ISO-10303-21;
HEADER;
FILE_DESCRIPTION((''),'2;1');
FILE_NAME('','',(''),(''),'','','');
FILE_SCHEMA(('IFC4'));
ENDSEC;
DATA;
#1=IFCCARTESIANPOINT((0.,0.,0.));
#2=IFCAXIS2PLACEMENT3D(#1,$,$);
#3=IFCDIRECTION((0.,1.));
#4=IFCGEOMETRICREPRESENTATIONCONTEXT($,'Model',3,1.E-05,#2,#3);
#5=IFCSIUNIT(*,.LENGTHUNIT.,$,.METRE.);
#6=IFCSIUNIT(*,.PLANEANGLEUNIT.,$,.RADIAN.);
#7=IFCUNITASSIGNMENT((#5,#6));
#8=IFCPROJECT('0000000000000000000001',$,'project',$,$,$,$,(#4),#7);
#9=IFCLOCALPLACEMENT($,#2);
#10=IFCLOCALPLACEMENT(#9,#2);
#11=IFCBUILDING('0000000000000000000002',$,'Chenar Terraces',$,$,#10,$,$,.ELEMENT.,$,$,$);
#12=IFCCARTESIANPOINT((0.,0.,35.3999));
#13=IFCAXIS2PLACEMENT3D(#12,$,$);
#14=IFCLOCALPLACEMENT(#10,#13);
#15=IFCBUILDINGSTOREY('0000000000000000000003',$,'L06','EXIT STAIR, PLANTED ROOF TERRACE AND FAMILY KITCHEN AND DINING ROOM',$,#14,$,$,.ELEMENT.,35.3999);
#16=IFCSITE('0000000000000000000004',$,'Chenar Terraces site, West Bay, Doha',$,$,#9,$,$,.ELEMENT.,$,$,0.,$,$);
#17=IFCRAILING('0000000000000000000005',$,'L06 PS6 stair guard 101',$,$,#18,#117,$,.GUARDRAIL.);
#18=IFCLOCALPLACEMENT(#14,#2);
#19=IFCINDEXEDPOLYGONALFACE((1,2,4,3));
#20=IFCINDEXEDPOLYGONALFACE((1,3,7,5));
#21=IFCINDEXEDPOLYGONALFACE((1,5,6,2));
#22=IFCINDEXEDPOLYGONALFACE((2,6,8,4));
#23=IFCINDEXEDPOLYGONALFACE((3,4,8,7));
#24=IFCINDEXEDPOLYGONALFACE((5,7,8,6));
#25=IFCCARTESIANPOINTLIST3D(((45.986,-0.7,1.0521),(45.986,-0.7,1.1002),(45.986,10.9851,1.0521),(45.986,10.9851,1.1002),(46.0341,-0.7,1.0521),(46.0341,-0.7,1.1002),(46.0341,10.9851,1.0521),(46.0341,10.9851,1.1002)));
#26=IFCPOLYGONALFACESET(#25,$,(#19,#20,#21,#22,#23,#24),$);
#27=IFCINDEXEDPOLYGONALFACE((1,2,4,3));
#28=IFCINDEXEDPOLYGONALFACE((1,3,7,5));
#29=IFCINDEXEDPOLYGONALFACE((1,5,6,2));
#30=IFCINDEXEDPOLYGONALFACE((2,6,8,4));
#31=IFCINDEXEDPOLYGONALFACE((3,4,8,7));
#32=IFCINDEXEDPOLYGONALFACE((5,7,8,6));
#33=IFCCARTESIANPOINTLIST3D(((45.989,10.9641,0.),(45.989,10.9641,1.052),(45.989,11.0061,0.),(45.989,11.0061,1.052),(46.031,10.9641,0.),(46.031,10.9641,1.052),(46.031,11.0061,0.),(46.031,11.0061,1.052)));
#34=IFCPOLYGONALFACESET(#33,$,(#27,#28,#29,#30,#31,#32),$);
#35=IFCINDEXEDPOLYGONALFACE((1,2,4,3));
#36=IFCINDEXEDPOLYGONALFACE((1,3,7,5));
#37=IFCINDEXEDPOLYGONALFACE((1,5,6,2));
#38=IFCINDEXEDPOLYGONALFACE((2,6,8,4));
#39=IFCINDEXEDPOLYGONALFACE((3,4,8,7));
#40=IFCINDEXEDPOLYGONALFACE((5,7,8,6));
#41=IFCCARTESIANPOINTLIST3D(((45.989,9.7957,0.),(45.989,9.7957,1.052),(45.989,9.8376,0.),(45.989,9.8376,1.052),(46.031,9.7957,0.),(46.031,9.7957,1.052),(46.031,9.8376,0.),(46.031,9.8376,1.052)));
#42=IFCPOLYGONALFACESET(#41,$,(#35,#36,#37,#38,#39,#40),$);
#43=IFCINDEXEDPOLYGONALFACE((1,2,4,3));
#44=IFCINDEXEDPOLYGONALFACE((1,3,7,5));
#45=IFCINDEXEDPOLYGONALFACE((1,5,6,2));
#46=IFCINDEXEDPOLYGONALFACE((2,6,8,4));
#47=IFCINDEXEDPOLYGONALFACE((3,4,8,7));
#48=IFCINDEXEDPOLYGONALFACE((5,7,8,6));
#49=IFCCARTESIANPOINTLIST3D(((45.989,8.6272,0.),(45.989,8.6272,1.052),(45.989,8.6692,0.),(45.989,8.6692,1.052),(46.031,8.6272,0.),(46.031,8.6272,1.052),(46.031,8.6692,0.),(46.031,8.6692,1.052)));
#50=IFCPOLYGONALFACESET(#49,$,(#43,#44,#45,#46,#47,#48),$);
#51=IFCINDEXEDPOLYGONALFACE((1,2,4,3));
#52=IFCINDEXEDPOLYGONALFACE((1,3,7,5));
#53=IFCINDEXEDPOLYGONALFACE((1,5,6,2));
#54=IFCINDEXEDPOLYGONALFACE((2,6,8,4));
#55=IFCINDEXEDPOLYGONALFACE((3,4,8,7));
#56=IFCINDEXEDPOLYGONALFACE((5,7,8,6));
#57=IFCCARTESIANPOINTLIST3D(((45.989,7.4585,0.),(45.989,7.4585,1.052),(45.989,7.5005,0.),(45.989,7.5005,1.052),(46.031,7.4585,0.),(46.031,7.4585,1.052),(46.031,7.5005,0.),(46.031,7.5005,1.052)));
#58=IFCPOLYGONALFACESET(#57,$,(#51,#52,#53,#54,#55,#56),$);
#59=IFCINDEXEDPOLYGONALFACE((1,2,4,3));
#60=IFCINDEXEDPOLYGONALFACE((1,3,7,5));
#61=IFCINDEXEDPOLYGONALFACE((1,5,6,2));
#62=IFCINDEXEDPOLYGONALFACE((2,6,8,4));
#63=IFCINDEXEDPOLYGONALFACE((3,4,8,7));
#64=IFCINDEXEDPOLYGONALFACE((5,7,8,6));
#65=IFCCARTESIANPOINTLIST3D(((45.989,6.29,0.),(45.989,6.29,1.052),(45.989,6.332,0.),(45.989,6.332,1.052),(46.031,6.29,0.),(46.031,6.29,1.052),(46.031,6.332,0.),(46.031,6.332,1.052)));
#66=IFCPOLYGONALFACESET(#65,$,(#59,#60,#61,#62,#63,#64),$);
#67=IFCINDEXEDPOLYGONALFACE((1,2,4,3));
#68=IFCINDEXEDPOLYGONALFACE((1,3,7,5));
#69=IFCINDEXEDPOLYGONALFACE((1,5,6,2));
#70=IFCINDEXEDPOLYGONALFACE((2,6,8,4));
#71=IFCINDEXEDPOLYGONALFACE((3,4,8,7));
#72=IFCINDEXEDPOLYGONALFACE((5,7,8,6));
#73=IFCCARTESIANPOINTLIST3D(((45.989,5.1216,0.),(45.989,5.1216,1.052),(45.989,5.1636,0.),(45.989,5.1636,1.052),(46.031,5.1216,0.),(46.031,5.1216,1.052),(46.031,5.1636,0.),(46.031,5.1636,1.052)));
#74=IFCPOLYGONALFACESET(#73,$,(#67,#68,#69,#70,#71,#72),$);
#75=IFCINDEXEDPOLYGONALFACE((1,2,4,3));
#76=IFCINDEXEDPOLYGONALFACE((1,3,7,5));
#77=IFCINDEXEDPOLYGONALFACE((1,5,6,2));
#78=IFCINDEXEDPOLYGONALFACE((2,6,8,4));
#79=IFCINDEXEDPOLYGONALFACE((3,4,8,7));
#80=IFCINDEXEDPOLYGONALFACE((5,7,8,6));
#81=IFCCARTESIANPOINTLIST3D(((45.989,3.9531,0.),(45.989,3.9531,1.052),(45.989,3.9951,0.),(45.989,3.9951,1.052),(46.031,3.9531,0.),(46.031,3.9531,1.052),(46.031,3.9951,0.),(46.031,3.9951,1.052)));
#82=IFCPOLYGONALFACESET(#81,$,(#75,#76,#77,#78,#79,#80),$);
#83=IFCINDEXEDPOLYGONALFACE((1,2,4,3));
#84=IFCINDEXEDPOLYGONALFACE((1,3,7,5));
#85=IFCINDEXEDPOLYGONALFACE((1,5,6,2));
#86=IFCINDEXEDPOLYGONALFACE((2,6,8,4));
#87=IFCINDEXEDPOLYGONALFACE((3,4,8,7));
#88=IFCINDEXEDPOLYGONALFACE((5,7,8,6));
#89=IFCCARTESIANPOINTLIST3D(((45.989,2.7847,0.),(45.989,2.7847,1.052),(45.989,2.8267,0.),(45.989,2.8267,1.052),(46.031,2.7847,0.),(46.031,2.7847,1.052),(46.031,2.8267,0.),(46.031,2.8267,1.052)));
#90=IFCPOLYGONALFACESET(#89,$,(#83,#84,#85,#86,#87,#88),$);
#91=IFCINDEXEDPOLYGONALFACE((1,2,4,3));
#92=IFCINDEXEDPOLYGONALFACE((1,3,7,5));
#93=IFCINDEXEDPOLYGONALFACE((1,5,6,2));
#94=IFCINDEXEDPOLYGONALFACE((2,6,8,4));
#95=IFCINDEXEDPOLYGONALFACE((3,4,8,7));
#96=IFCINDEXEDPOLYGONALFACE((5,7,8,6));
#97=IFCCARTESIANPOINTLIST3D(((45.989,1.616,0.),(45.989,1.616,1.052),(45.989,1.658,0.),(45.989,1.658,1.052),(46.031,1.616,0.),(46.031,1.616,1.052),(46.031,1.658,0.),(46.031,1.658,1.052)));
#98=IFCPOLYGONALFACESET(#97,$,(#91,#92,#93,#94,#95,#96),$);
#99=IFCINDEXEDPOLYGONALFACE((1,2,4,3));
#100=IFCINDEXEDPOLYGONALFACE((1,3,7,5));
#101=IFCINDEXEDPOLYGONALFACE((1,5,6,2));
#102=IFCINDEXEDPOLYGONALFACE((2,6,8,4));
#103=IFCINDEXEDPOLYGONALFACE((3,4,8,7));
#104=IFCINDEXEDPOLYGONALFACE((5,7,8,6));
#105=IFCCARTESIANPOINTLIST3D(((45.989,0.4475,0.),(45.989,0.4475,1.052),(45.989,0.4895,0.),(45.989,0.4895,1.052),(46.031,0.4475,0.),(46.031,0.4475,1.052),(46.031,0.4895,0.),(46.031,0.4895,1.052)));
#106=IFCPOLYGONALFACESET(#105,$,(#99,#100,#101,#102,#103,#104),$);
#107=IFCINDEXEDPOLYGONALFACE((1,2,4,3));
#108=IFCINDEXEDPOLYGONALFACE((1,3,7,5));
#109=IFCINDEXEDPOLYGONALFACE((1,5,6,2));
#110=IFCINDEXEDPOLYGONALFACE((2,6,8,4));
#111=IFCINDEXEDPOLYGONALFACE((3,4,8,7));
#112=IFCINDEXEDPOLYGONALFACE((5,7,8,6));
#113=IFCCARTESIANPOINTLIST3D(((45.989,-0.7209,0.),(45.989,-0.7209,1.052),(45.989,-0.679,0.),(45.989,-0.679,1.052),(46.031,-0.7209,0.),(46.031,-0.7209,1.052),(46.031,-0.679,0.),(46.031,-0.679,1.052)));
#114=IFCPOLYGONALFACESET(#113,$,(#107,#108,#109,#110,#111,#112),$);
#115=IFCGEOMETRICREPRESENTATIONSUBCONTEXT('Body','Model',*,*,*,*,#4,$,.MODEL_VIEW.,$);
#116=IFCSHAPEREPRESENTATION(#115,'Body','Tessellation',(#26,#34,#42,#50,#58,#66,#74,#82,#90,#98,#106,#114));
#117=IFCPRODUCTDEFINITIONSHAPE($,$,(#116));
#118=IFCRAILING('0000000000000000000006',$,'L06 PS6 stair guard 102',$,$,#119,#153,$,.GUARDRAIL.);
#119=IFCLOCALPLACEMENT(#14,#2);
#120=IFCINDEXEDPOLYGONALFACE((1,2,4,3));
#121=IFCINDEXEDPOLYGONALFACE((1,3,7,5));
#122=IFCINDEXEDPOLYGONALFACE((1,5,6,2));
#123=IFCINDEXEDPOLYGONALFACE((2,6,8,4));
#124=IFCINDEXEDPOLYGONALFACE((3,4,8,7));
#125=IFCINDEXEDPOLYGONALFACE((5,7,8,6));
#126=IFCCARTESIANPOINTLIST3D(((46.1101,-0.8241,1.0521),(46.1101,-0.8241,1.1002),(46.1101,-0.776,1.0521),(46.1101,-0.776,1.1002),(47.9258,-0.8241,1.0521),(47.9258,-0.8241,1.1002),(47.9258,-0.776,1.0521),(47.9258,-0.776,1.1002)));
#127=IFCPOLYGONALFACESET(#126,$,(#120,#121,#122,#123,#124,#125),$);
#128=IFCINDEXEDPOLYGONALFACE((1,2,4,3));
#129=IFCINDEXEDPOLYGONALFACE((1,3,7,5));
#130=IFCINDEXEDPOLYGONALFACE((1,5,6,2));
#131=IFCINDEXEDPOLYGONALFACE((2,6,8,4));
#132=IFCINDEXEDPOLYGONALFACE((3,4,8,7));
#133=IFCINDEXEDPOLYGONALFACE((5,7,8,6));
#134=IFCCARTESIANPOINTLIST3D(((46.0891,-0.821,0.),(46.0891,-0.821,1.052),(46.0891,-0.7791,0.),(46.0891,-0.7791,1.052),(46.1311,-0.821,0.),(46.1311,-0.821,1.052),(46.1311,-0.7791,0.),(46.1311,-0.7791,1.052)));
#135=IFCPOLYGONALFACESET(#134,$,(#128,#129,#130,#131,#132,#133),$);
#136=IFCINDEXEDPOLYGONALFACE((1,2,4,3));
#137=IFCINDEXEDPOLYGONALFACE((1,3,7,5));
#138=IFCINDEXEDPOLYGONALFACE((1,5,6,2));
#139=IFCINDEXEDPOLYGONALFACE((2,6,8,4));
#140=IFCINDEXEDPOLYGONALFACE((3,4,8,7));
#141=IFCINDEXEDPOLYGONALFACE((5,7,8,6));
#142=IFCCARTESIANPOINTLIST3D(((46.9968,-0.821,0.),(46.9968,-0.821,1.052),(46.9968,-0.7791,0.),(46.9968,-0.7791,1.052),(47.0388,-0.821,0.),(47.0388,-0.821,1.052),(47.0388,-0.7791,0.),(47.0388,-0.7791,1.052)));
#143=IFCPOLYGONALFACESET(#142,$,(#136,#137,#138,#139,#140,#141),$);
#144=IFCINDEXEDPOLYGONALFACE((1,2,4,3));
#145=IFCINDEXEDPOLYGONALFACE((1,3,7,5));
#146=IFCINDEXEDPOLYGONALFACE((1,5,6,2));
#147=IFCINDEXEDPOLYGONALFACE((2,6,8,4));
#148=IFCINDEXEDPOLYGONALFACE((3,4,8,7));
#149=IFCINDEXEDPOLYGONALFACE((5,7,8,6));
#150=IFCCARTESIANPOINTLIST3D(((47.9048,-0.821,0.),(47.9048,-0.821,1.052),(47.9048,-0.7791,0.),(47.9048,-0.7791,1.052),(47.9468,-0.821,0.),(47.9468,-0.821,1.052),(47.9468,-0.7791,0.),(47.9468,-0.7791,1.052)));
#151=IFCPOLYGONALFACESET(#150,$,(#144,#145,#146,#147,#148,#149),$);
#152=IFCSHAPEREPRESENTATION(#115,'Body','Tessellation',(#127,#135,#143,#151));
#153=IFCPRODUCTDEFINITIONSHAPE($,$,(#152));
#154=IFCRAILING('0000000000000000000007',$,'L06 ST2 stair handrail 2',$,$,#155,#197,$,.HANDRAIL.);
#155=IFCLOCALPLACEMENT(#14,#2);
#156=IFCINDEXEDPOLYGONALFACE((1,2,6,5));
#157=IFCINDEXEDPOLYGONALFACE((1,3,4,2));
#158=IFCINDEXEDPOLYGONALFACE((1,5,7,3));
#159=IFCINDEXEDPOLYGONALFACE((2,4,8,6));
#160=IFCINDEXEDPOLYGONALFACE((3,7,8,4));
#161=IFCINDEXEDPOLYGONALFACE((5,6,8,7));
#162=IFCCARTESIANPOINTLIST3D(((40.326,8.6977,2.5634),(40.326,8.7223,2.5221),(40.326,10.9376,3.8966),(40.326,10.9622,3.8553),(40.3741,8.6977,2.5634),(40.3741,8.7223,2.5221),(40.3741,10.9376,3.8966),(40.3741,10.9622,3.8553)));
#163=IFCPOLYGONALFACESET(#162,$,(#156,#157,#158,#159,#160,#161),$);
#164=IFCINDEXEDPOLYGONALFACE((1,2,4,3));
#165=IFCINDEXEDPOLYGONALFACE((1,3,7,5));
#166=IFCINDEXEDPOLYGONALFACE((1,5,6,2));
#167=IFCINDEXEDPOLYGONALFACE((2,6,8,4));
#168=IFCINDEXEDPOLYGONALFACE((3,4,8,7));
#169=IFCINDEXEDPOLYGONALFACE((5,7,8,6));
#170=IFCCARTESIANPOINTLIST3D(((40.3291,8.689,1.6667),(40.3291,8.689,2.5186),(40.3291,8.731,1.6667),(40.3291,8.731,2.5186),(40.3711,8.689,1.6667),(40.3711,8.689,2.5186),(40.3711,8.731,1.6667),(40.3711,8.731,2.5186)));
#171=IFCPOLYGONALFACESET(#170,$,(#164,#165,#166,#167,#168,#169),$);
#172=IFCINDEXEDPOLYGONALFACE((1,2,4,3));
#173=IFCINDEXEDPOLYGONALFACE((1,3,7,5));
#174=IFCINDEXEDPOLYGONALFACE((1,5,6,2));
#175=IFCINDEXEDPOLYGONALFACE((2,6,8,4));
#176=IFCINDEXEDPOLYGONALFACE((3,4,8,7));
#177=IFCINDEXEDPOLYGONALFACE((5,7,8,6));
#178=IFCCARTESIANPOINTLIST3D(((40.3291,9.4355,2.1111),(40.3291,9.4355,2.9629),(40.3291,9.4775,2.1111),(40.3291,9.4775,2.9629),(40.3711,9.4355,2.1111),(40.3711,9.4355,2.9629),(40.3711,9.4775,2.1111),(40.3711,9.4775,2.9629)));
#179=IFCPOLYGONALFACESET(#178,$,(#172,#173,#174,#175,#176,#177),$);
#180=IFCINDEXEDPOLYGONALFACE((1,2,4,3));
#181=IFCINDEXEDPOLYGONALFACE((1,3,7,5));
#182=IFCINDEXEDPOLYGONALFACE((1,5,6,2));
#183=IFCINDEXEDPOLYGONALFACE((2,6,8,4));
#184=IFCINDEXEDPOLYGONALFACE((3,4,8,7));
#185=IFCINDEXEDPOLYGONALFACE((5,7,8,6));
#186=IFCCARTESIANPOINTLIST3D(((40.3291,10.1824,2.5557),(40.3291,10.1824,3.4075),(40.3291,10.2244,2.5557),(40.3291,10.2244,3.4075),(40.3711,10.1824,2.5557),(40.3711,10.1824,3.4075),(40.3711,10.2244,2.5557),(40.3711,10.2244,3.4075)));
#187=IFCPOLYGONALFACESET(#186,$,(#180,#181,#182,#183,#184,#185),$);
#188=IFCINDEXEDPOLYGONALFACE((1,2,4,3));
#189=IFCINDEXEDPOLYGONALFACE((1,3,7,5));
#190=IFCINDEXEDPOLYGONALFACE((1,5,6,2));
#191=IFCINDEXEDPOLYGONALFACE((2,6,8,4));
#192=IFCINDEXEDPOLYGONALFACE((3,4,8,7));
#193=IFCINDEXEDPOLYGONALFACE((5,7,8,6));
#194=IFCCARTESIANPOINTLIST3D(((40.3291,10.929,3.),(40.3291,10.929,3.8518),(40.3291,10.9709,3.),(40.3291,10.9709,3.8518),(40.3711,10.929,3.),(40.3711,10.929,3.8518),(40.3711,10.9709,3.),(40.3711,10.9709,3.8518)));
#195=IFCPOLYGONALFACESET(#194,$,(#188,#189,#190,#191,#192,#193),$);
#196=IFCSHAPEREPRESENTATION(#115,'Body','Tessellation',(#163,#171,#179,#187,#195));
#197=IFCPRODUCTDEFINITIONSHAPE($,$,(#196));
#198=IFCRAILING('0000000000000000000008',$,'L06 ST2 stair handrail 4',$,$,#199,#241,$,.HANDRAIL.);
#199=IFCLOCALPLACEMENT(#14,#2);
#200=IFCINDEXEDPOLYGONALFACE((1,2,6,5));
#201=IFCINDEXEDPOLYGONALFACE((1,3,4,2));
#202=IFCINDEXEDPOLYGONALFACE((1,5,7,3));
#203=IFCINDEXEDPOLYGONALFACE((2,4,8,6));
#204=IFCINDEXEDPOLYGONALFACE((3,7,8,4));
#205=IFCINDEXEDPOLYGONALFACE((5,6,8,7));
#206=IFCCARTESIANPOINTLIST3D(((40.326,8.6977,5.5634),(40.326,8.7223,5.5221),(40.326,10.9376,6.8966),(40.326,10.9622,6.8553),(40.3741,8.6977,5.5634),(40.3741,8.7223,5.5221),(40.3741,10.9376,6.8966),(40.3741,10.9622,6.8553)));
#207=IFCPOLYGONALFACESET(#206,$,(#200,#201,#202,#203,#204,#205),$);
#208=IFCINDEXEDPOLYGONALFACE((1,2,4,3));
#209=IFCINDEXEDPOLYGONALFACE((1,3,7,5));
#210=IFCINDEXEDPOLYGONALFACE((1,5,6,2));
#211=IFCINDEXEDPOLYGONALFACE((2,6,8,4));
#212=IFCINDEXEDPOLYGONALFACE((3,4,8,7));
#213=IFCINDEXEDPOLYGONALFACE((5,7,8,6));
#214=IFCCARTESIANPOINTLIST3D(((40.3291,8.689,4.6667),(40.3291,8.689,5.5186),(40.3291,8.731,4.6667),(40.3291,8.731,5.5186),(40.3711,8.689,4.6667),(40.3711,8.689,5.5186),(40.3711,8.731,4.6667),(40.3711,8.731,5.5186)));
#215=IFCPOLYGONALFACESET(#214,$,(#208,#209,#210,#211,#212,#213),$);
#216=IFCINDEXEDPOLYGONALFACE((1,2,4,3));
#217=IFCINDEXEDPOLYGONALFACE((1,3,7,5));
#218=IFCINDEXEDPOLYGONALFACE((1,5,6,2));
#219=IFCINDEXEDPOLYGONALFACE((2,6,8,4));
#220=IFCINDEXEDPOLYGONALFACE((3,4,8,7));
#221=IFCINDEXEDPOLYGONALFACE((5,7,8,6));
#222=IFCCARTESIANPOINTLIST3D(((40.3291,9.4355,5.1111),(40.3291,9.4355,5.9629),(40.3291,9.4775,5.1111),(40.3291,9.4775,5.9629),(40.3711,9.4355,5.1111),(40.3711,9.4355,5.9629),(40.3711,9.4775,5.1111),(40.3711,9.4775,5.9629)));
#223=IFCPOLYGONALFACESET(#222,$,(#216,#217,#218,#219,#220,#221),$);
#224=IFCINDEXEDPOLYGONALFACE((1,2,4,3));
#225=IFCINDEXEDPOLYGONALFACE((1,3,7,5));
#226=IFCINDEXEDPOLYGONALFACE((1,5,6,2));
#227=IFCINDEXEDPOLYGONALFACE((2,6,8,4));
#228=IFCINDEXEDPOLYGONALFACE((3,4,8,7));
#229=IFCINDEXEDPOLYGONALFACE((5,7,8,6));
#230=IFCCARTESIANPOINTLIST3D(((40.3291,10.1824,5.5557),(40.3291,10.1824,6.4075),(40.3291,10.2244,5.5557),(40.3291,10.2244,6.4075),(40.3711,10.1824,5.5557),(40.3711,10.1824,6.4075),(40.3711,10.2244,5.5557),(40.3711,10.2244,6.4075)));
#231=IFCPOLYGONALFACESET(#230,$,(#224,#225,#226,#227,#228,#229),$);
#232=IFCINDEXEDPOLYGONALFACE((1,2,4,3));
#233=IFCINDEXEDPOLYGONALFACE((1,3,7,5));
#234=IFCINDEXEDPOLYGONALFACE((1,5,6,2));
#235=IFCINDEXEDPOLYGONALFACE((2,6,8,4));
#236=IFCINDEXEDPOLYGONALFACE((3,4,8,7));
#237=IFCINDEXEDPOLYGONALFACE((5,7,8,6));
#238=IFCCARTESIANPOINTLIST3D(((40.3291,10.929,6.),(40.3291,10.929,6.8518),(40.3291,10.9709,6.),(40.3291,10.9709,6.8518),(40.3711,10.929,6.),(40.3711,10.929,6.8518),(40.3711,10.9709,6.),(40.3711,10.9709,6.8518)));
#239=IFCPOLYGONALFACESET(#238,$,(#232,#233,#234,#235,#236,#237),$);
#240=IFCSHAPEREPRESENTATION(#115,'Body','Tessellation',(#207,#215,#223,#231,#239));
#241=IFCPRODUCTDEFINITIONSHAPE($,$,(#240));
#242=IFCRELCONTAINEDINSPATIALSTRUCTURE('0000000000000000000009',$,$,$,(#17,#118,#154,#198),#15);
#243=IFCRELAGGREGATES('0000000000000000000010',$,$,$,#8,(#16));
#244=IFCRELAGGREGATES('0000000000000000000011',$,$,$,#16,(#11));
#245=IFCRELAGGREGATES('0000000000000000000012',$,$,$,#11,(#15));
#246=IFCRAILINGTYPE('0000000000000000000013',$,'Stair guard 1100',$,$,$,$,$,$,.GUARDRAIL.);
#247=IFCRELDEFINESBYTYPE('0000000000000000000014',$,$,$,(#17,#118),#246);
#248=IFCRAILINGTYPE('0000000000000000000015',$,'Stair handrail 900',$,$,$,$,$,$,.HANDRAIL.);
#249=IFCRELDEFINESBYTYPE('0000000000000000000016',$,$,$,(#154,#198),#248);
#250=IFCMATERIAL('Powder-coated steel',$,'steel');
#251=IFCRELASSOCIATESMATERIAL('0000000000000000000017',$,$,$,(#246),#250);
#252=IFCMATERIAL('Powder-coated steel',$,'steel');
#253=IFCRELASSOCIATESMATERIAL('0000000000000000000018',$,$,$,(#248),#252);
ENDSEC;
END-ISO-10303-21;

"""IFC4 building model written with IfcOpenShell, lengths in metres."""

from ifc_helpers import new_model, si_unit, direction, frame, origin, origin_2d, place, context, subcontext, project, spatial, rectangle, extrude, material, type_object, element, save


model = new_model("IFC4")

# Units and contexts
model_context = context("Model", 3, precision=1e-05, world=origin(), true_north=direction((0.0, 1.0)))
body_context = subcontext(model_context, "Body", "Model", "MODEL_VIEW")
ifc_project = project(units=[si_unit("LENGTHUNIT", "METRE"), si_unit("PLANEANGLEUNIT", "RADIAN")], contexts=[model_context])

# Site, building, storey
site_placement = place(None, origin())
site = spatial("IfcSite", under=ifc_project, at=site_placement, Name="Chenar Terraces site, West Bay, Doha", CompositionType="ELEMENT", RefElevation=0.0)
building_placement = place(site_placement, origin())
building = spatial("IfcBuilding", under=site, at=building_placement, Name="Chenar Terraces", CompositionType="ELEMENT")
storey_placement = place(building_placement, frame((0.0, 0.0, 35.3999)))
storey = spatial("IfcBuildingStorey", under=building, at=storey_placement, Name="L06", Description="EXIT STAIR, PLANTED ROOF TERRACE AND FAMILY KITCHEN AND DINING ROOM", CompositionType="ELEMENT", Elevation=35.3999)

# Railings
ifc_material_1 = material(Name="Powder-coated steel", Category="steel")
railing_type_1 = type_object("IfcRailingType", Name="Stair guard 1100", PredefinedType="GUARDRAIL", material=ifc_material_1)
railing_1_placement = place(storey_placement, frame((46.01, 10.9851, 0.0)))
element("IfcRailing", 1, at=railing_1_placement, inside=storey, type_object=railing_type_1, Name="L06 PS6 stair guard 101", PredefinedType="GUARDRAIL", context=body_context, shape_type="SweptSolid", body=[
    extrude(rectangle(XDim=0.0481, YDim=0.0481, at=origin_2d()), frame((0.0, 0.0, 1.0762), z_axis=(0.0, -1.0, 0.0), x_axis=(1.0, 0.0, 0.0)), (0.0, 0.0, 1.0), 11.6851),
    extrude(rectangle(XDim=0.042, YDim=0.042, at=origin_2d()), origin(), (0.0, 0.0, 1.0), 1.052),
    extrude(rectangle(XDim=0.042, YDim=0.042, at=origin_2d()), frame((0.0, -1.1685, 0.0)), (0.0, 0.0, 1.0), 1.052),
    extrude(rectangle(XDim=0.042, YDim=0.042, at=origin_2d()), frame((0.0, -2.3369, 0.0)), (0.0, 0.0, 1.0), 1.052),
    extrude(rectangle(XDim=0.042, YDim=0.042, at=origin_2d()), frame((0.0, -3.5056, 0.0)), (0.0, 0.0, 1.0), 1.052),
    extrude(rectangle(XDim=0.042, YDim=0.042, at=origin_2d()), frame((0.0, -4.6741, 0.0)), (0.0, 0.0, 1.0), 1.052),
    extrude(rectangle(XDim=0.042, YDim=0.042, at=origin_2d()), frame((0.0, -5.8425, 0.0)), (0.0, 0.0, 1.0), 1.052),
    extrude(rectangle(XDim=0.042, YDim=0.042, at=origin_2d()), frame((0.0, -7.011, 0.0)), (0.0, 0.0, 1.0), 1.052),
    extrude(rectangle(XDim=0.042, YDim=0.042, at=origin_2d()), frame((0.0, -8.1794, 0.0)), (0.0, 0.0, 1.0), 1.052),
    extrude(rectangle(XDim=0.042, YDim=0.042, at=origin_2d()), frame((0.0, -9.3481, 0.0)), (0.0, 0.0, 1.0), 1.052),
    extrude(rectangle(XDim=0.042, YDim=0.042, at=origin_2d()), frame((0.0, -10.5166, 0.0)), (0.0, 0.0, 1.0), 1.052),
    extrude(rectangle(XDim=0.042, YDim=0.042, at=origin_2d()), frame((0.0, -11.6851, 0.0)), (0.0, 0.0, 1.0), 1.052),
])
railing_2_placement = place(storey_placement, frame((46.1101, -0.8, 0.0)))
element("IfcRailing", 2, at=railing_2_placement, inside=storey, type_object=railing_type_1, Name="L06 PS6 stair guard 102", PredefinedType="GUARDRAIL", context=body_context, shape_type="SweptSolid", body=[
    extrude(rectangle(XDim=0.0481, YDim=0.0481, at=origin_2d()), frame((0.0, 0.0, 1.0762), z_axis=(1.0, 0.0, 0.0), x_axis=(0.0, 1.0, 0.0)), (0.0, 0.0, 1.0), 1.8157),
    extrude(rectangle(XDim=0.042, YDim=0.042, at=origin_2d()), origin(), (0.0, 0.0, 1.0), 1.052),
    extrude(rectangle(XDim=0.042, YDim=0.042, at=origin_2d()), frame((0.9077, 0.0, 0.0)), (0.0, 0.0, 1.0), 1.052),
    extrude(rectangle(XDim=0.042, YDim=0.042, at=origin_2d()), frame((1.8157, 0.0, 0.0)), (0.0, 0.0, 1.0), 1.052),
])
ifc_material_2 = material(Name="Powder-coated steel", Category="steel")
railing_type_2 = type_object("IfcRailingType", Name="Stair handrail 900", PredefinedType="HANDRAIL", material=ifc_material_2)
for number, where, name in (
    (3, (40.3501, 8.71, 1.6667), "L06 ST2 stair handrail 2"),
    (4, (40.3501, 8.71, 4.6667), "L06 ST2 stair handrail 4"),
):
    element("IfcRailing", number, at=place(storey_placement, frame(where)), inside=storey, type_object=railing_type_2, Name=name, PredefinedType="HANDRAIL", context=body_context, shape_type="SweptSolid", body=[
        extrude(rectangle(XDim=0.0481, YDim=0.0481, at=origin_2d()), frame((0.0, 0.0, 0.876), z_axis=(0.0, 0.859306, 0.511462), x_axis=(-1.0, 0.0, 0.0)), (0.0, 0.0, 1.0), 2.6067),
        extrude(rectangle(XDim=0.042, YDim=0.042, at=origin_2d()), origin(), (0.0, 0.0, 1.0), 0.8518),
        extrude(rectangle(XDim=0.042, YDim=0.042, at=origin_2d()), frame((0.0, 0.7466, 0.4443)), (0.0, 0.0, 1.0), 0.8518),
        extrude(rectangle(XDim=0.042, YDim=0.042, at=origin_2d()), frame((0.0, 1.4934, 0.8889)), (0.0, 0.0, 1.0), 0.8518),
        extrude(rectangle(XDim=0.042, YDim=0.042, at=origin_2d()), frame((0.0, 2.24, 1.3333)), (0.0, 0.0, 1.0), 0.8518),
    ])

save(model, "model.ifc")
